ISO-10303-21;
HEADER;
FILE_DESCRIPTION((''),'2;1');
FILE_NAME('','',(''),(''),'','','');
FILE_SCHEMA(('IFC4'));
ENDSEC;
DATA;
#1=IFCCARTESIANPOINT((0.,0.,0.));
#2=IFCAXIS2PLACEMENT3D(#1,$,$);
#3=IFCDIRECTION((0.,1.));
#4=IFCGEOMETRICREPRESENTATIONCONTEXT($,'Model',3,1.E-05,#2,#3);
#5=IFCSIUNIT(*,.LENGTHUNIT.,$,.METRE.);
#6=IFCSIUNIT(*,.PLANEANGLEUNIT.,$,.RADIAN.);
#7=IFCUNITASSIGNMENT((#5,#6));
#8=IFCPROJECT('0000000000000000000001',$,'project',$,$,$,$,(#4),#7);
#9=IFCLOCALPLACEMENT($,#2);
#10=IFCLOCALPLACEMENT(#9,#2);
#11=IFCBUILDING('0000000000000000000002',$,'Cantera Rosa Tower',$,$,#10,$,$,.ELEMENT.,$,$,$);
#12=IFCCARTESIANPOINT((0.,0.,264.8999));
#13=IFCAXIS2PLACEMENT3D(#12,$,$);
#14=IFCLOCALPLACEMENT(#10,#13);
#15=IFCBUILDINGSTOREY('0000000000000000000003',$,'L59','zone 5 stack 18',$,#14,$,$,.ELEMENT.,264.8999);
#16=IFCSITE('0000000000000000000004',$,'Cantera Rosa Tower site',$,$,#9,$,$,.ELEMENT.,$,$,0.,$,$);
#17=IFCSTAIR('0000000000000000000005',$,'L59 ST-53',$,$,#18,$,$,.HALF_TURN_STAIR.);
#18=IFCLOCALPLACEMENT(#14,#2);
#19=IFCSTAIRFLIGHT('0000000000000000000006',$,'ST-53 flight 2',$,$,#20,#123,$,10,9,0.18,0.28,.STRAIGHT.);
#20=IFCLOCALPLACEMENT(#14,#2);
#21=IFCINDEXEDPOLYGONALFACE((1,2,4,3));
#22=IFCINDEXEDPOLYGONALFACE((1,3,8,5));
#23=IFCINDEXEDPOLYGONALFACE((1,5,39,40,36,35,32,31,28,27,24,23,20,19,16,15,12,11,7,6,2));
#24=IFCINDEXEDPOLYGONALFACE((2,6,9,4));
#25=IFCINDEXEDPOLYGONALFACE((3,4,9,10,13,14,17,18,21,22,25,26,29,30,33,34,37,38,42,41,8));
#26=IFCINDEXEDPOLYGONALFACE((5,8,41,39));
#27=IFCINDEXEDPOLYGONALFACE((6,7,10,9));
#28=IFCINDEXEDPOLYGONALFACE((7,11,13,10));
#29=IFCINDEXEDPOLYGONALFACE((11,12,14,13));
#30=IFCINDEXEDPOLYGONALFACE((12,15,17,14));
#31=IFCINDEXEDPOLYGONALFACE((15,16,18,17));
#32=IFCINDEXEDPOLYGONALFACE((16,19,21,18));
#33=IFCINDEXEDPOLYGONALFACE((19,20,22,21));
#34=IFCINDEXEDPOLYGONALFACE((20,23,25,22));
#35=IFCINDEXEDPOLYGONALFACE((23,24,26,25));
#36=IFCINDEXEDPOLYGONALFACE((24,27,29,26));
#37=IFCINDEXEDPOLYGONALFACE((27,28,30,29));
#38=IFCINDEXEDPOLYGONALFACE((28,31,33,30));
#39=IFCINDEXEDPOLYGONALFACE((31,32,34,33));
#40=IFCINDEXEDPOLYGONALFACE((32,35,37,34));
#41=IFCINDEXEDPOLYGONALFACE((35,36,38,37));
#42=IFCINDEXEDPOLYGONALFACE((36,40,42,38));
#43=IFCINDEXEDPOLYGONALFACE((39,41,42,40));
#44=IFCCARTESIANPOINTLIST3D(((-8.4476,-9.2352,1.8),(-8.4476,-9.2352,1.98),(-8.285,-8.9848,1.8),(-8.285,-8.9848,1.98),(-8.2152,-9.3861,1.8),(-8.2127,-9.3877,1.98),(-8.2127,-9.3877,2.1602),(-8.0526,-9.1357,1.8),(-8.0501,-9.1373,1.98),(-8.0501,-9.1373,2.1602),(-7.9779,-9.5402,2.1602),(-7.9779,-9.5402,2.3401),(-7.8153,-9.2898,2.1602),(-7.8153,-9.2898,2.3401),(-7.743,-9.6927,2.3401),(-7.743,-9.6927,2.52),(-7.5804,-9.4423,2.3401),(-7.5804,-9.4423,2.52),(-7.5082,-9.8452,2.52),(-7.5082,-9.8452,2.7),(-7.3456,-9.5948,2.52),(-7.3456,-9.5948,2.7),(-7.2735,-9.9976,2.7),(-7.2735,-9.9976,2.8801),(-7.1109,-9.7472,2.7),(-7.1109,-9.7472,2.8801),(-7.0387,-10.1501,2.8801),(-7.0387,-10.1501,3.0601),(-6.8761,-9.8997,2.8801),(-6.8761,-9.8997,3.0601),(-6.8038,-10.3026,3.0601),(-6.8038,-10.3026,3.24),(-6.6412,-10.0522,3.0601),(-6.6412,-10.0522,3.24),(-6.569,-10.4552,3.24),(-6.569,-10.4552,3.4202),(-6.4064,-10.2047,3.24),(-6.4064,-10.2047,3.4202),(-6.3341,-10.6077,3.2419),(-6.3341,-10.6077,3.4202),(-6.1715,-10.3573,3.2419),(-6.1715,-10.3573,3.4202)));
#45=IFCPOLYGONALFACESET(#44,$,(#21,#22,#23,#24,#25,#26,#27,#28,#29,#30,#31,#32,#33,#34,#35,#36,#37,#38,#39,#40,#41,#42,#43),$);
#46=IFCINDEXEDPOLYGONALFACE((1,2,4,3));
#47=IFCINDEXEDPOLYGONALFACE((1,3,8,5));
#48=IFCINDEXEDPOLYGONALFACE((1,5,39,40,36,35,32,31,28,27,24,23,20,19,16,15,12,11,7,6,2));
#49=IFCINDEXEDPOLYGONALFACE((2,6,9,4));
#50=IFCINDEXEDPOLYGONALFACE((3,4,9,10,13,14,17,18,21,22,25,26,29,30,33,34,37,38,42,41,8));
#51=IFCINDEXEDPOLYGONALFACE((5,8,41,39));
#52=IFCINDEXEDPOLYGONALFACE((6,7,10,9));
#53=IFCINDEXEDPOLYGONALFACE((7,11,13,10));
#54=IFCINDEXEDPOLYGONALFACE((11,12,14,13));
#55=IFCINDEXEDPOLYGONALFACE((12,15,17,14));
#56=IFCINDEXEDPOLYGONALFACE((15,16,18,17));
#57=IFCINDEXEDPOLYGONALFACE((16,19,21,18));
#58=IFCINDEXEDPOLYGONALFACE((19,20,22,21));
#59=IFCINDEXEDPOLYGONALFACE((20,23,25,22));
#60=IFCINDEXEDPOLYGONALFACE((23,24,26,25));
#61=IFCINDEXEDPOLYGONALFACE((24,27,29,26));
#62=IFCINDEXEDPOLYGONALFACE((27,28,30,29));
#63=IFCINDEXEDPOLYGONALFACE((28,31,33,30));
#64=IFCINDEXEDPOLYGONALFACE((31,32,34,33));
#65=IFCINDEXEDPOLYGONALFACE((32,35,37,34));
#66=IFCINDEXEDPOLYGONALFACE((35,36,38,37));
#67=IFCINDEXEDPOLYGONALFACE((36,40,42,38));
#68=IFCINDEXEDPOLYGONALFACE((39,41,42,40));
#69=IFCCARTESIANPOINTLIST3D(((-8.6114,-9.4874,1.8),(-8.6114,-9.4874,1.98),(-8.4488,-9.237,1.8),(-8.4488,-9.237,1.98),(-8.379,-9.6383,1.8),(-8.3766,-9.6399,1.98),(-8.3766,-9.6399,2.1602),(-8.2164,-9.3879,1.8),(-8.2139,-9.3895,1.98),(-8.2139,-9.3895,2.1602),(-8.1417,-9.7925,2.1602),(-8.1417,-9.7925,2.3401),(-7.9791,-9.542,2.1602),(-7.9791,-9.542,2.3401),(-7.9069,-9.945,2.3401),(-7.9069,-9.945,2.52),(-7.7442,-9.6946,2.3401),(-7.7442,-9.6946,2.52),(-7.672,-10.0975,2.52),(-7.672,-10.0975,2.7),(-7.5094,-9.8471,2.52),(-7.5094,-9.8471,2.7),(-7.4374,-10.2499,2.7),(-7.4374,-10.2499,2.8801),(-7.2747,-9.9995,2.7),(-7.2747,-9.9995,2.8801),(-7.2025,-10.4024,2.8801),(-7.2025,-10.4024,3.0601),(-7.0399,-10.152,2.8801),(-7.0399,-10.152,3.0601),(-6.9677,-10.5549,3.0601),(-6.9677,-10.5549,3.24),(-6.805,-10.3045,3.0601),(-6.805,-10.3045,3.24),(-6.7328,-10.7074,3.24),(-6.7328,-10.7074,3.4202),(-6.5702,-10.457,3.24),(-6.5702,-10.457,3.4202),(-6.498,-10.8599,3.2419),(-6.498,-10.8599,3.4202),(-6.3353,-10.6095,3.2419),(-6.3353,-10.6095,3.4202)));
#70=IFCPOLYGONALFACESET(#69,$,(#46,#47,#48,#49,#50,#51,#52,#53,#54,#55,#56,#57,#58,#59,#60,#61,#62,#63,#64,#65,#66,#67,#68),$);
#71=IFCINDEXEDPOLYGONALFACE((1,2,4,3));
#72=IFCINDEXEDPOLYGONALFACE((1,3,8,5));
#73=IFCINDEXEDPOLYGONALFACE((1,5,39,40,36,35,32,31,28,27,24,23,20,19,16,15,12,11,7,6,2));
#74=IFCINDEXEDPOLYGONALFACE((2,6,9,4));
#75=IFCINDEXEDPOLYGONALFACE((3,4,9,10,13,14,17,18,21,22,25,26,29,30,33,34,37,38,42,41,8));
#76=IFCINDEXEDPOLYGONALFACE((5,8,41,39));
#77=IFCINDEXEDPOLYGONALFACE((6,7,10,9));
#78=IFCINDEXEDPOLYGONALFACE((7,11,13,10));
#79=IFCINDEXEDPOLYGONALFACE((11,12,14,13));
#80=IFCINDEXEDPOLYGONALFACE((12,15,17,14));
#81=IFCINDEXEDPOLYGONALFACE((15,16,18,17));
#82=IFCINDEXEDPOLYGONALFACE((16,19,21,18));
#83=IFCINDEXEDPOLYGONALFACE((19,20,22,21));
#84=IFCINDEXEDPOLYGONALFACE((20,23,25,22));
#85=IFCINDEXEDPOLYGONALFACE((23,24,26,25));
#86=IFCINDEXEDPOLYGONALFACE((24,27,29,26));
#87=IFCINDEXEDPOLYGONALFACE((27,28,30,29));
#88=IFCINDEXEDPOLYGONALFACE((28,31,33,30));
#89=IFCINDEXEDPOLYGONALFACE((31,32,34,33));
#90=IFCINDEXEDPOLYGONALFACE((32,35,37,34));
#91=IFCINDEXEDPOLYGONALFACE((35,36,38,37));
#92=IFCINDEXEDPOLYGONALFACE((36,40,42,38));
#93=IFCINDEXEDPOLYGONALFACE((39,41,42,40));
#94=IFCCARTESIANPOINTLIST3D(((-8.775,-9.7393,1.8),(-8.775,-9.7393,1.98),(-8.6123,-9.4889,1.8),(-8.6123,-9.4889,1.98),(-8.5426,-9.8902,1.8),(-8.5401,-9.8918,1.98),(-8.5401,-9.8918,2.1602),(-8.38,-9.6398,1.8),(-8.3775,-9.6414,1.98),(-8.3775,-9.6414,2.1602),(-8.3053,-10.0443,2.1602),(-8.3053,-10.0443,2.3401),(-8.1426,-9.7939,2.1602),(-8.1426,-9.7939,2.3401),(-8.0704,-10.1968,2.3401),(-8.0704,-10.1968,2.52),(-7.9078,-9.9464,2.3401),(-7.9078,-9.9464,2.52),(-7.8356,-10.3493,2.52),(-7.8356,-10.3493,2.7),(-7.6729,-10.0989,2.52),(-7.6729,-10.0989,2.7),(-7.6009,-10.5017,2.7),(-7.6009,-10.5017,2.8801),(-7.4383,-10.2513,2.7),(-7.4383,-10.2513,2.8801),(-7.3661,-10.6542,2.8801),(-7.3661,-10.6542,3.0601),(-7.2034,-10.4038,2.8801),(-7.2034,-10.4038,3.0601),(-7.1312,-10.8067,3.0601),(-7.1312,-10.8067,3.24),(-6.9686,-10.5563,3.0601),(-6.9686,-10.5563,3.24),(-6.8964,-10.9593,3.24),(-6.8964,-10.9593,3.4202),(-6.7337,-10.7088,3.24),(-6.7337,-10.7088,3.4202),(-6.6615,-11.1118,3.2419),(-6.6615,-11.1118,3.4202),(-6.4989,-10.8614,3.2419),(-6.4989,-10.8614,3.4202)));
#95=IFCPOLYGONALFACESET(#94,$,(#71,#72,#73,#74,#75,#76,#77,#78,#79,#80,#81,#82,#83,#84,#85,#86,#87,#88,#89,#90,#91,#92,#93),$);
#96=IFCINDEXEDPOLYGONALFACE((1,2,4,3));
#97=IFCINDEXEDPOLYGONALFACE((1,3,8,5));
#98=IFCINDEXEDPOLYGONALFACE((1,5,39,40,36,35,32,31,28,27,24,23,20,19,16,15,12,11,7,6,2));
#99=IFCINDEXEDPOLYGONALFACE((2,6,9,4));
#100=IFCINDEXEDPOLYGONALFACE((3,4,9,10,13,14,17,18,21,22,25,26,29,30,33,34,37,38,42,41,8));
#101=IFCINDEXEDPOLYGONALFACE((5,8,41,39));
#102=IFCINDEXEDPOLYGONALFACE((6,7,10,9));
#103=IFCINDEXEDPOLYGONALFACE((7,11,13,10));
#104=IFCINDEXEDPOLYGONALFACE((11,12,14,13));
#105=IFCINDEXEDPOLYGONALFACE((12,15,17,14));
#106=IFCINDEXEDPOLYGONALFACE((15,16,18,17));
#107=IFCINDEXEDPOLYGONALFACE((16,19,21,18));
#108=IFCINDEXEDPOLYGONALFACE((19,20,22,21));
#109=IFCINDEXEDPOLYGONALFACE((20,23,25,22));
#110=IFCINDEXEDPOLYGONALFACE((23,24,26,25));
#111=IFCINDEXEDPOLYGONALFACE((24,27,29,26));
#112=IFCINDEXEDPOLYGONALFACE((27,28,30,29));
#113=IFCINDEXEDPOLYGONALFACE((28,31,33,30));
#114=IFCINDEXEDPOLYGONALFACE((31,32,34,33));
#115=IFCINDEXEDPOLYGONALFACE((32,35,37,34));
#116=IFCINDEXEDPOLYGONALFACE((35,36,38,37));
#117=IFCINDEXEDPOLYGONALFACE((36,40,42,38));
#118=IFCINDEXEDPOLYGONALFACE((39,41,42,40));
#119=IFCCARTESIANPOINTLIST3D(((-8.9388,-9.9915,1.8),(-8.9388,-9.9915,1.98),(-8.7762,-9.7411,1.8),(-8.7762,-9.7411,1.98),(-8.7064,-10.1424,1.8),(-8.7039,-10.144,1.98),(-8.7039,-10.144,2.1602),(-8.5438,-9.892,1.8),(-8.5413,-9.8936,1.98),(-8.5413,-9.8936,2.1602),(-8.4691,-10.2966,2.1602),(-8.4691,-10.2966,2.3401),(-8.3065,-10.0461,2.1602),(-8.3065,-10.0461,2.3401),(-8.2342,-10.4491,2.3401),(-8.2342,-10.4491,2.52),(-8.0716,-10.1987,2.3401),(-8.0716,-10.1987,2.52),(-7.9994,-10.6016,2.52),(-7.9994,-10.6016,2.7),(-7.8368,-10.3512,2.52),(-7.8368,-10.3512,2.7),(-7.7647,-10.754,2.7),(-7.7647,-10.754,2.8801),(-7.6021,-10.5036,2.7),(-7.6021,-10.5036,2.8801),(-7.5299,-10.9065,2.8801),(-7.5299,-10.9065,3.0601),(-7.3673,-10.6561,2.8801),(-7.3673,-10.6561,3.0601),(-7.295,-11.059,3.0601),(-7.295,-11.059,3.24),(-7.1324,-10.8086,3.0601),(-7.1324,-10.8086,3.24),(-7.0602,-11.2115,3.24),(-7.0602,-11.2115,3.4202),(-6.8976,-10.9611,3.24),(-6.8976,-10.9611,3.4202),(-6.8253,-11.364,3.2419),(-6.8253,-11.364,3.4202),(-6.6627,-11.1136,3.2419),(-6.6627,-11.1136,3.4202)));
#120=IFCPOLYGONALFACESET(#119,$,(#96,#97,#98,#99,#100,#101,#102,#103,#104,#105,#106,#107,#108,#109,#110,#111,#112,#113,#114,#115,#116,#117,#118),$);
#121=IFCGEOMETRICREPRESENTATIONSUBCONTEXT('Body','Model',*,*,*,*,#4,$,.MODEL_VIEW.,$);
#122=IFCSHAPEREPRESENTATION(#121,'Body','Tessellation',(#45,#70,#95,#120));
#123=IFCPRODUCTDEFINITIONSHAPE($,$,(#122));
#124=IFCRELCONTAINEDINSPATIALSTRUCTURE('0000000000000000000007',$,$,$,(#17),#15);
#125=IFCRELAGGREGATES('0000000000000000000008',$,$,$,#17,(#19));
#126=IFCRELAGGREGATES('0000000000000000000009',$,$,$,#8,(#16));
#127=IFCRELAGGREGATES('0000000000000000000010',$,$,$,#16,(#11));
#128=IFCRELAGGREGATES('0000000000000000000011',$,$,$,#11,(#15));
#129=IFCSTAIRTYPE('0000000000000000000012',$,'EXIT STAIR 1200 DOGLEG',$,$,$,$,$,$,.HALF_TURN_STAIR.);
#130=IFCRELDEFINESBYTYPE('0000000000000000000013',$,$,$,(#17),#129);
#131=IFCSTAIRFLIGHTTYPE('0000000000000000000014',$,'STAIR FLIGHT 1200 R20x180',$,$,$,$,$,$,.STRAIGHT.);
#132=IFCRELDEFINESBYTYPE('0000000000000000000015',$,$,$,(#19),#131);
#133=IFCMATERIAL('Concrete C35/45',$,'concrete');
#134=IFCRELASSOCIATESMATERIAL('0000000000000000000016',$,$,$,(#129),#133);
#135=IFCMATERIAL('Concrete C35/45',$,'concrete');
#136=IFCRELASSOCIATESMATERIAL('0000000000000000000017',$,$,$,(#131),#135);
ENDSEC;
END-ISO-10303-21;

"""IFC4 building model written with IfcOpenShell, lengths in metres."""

from ifc_helpers import new_model, si_unit, direction, frame, origin, place, context, subcontext, project, spatial, polyline, outline, extrude, material, type_object, element, aggregate, save


model = new_model("IFC4")

# Units and contexts
model_context = context("Model", 3, precision=1e-05, world=origin(), true_north=direction((0.0, 1.0)))
body_context = subcontext(model_context, "Body", "Model", "MODEL_VIEW")
ifc_project = project(units=[si_unit("LENGTHUNIT", "METRE"), si_unit("PLANEANGLEUNIT", "RADIAN")], contexts=[model_context])

# Site, building, storey
site_placement = place(None, origin())
site = spatial("IfcSite", under=ifc_project, at=site_placement, Name="Cantera Rosa Tower site", CompositionType="ELEMENT", RefElevation=0.0)
building_placement = place(site_placement, origin())
building = spatial("IfcBuilding", under=site, at=building_placement, Name="Cantera Rosa Tower", CompositionType="ELEMENT")
storey_placement = place(building_placement, frame((0.0, 0.0, 264.8999)))
storey = spatial("IfcBuildingStorey", under=building, at=storey_placement, Name="L59", Description="zone 5 stack 18", CompositionType="ELEMENT", Elevation=264.8999)

# Stair, stair flight
ifc_material_1 = material(Name="Concrete C35/45", Category="concrete")
stair_type_1 = type_object("IfcStairType", Name="EXIT STAIR 1200 DOGLEG", PredefinedType="HALF_TURN_STAIR", material=ifc_material_1)
stair_1_placement = place(storey_placement, origin())
stair_1 = element("IfcStair", 1, at=stair_1_placement, inside=storey, type_object=stair_type_1, Name="L59 ST-53", PredefinedType="HALF_TURN_STAIR")
ifc_material_2 = material(Name="Concrete C35/45", Category="concrete")
stair_flight_type_1 = type_object("IfcStairFlightType", Name="STAIR FLIGHT 1200 R20x180", PredefinedType="STRAIGHT", material=ifc_material_2)
stair_flight_1_placement = place(storey_placement, frame((-8.6118, -9.488, 1.8), z_axis=(0.0, 0.0, 1.0), x_axis=(0.838671, -0.544639, 0.0)))
stair_flight_1 = element("IfcStairFlight", 2, at=stair_flight_1_placement, type_object=stair_flight_type_1, Name="ST-53 flight 2", NumberOfRisers=10, NumberOfTreads=9, PredefinedType="STRAIGHT", RiserHeight=0.18, TreadLength=0.28, context=body_context, shape_type="SweptSolid", body=[
    extrude(outline(polyline([(0.0, 0.0), (0.0, 0.1799), (0.28, 0.1799), (0.28, 0.3601), (0.5601, 0.3601), (0.5601, 0.54), (0.8401, 0.54), (0.8401, 0.72), (1.1201, 0.72), (1.1201, 0.8999), (1.3999, 0.8999), (1.3999, 1.0801), (1.6799, 1.0801), (1.6799, 1.26), (1.96, 1.26), (1.96, 1.4399), (2.24, 1.4399), (2.24, 1.6201), (2.52, 1.6201), (2.52, 1.8), (2.52, 1.4419), (0.2771, 0.0), (0.0, 0.0)])), frame((0.0, 0.6001, 0.0), z_axis=(0.0, -1.0, 0.0), x_axis=(1.0, 0.0, 0.0)), (0.0, 0.0, 1.0), 0.2986),
    extrude(outline(polyline([(0.0, 0.0), (0.0, 0.1799), (0.28, 0.1799), (0.28, 0.3601), (0.5601, 0.3601), (0.5601, 0.54), (0.8401, 0.54), (0.8401, 0.72), (1.1201, 0.72), (1.1201, 0.8999), (1.3999, 0.8999), (1.3999, 1.0801), (1.6799, 1.0801), (1.6799, 1.26), (1.96, 1.26), (1.96, 1.4399), (2.24, 1.4399), (2.24, 1.6201), (2.52, 1.6201), (2.52, 1.8), (2.52, 1.4419), (0.2771, 0.0), (0.0, 0.0)])), frame((0.0, 0.2993, 0.0), z_axis=(0.0, -1.0, 0.0), x_axis=(1.0, 0.0, 0.0)), (0.0, 0.0, 1.0), 0.2986),
    extrude(outline(polyline([(0.0, 0.0), (0.0, 0.1799), (0.28, 0.1799), (0.28, 0.3601), (0.5601, 0.3601), (0.5601, 0.54), (0.8401, 0.54), (0.8401, 0.72), (1.1201, 0.72), (1.1201, 0.8999), (1.3999, 0.8999), (1.3999, 1.0801), (1.6799, 1.0801), (1.6799, 1.26), (1.96, 1.26), (1.96, 1.4399), (2.24, 1.4399), (2.24, 1.6201), (2.52, 1.6201), (2.52, 1.8), (2.52, 1.4419), (0.2771, 0.0), (0.0, 0.0)])), frame((0.0, -0.001, 0.0), z_axis=(0.0, -1.0, 0.0), x_axis=(1.0, 0.0, 0.0)), (0.0, 0.0, 1.0), 0.2986),
    extrude(outline(polyline([(0.0, 0.0), (0.0, 0.1799), (0.28, 0.1799), (0.28, 0.3601), (0.5601, 0.3601), (0.5601, 0.54), (0.8401, 0.54), (0.8401, 0.72), (1.1201, 0.72), (1.1201, 0.8999), (1.3999, 0.8999), (1.3999, 1.0801), (1.6799, 1.0801), (1.6799, 1.26), (1.96, 1.26), (1.96, 1.4399), (2.24, 1.4399), (2.24, 1.6201), (2.52, 1.6201), (2.52, 1.8), (2.52, 1.4419), (0.2771, 0.0), (0.0, 0.0)])), frame((0.0, -0.3018, 0.0), z_axis=(0.0, -1.0, 0.0), x_axis=(1.0, 0.0, 0.0)), (0.0, 0.0, 1.0), 0.2986),
])
aggregate(stair_1, [stair_flight_1])

save(model, "model.ifc")
